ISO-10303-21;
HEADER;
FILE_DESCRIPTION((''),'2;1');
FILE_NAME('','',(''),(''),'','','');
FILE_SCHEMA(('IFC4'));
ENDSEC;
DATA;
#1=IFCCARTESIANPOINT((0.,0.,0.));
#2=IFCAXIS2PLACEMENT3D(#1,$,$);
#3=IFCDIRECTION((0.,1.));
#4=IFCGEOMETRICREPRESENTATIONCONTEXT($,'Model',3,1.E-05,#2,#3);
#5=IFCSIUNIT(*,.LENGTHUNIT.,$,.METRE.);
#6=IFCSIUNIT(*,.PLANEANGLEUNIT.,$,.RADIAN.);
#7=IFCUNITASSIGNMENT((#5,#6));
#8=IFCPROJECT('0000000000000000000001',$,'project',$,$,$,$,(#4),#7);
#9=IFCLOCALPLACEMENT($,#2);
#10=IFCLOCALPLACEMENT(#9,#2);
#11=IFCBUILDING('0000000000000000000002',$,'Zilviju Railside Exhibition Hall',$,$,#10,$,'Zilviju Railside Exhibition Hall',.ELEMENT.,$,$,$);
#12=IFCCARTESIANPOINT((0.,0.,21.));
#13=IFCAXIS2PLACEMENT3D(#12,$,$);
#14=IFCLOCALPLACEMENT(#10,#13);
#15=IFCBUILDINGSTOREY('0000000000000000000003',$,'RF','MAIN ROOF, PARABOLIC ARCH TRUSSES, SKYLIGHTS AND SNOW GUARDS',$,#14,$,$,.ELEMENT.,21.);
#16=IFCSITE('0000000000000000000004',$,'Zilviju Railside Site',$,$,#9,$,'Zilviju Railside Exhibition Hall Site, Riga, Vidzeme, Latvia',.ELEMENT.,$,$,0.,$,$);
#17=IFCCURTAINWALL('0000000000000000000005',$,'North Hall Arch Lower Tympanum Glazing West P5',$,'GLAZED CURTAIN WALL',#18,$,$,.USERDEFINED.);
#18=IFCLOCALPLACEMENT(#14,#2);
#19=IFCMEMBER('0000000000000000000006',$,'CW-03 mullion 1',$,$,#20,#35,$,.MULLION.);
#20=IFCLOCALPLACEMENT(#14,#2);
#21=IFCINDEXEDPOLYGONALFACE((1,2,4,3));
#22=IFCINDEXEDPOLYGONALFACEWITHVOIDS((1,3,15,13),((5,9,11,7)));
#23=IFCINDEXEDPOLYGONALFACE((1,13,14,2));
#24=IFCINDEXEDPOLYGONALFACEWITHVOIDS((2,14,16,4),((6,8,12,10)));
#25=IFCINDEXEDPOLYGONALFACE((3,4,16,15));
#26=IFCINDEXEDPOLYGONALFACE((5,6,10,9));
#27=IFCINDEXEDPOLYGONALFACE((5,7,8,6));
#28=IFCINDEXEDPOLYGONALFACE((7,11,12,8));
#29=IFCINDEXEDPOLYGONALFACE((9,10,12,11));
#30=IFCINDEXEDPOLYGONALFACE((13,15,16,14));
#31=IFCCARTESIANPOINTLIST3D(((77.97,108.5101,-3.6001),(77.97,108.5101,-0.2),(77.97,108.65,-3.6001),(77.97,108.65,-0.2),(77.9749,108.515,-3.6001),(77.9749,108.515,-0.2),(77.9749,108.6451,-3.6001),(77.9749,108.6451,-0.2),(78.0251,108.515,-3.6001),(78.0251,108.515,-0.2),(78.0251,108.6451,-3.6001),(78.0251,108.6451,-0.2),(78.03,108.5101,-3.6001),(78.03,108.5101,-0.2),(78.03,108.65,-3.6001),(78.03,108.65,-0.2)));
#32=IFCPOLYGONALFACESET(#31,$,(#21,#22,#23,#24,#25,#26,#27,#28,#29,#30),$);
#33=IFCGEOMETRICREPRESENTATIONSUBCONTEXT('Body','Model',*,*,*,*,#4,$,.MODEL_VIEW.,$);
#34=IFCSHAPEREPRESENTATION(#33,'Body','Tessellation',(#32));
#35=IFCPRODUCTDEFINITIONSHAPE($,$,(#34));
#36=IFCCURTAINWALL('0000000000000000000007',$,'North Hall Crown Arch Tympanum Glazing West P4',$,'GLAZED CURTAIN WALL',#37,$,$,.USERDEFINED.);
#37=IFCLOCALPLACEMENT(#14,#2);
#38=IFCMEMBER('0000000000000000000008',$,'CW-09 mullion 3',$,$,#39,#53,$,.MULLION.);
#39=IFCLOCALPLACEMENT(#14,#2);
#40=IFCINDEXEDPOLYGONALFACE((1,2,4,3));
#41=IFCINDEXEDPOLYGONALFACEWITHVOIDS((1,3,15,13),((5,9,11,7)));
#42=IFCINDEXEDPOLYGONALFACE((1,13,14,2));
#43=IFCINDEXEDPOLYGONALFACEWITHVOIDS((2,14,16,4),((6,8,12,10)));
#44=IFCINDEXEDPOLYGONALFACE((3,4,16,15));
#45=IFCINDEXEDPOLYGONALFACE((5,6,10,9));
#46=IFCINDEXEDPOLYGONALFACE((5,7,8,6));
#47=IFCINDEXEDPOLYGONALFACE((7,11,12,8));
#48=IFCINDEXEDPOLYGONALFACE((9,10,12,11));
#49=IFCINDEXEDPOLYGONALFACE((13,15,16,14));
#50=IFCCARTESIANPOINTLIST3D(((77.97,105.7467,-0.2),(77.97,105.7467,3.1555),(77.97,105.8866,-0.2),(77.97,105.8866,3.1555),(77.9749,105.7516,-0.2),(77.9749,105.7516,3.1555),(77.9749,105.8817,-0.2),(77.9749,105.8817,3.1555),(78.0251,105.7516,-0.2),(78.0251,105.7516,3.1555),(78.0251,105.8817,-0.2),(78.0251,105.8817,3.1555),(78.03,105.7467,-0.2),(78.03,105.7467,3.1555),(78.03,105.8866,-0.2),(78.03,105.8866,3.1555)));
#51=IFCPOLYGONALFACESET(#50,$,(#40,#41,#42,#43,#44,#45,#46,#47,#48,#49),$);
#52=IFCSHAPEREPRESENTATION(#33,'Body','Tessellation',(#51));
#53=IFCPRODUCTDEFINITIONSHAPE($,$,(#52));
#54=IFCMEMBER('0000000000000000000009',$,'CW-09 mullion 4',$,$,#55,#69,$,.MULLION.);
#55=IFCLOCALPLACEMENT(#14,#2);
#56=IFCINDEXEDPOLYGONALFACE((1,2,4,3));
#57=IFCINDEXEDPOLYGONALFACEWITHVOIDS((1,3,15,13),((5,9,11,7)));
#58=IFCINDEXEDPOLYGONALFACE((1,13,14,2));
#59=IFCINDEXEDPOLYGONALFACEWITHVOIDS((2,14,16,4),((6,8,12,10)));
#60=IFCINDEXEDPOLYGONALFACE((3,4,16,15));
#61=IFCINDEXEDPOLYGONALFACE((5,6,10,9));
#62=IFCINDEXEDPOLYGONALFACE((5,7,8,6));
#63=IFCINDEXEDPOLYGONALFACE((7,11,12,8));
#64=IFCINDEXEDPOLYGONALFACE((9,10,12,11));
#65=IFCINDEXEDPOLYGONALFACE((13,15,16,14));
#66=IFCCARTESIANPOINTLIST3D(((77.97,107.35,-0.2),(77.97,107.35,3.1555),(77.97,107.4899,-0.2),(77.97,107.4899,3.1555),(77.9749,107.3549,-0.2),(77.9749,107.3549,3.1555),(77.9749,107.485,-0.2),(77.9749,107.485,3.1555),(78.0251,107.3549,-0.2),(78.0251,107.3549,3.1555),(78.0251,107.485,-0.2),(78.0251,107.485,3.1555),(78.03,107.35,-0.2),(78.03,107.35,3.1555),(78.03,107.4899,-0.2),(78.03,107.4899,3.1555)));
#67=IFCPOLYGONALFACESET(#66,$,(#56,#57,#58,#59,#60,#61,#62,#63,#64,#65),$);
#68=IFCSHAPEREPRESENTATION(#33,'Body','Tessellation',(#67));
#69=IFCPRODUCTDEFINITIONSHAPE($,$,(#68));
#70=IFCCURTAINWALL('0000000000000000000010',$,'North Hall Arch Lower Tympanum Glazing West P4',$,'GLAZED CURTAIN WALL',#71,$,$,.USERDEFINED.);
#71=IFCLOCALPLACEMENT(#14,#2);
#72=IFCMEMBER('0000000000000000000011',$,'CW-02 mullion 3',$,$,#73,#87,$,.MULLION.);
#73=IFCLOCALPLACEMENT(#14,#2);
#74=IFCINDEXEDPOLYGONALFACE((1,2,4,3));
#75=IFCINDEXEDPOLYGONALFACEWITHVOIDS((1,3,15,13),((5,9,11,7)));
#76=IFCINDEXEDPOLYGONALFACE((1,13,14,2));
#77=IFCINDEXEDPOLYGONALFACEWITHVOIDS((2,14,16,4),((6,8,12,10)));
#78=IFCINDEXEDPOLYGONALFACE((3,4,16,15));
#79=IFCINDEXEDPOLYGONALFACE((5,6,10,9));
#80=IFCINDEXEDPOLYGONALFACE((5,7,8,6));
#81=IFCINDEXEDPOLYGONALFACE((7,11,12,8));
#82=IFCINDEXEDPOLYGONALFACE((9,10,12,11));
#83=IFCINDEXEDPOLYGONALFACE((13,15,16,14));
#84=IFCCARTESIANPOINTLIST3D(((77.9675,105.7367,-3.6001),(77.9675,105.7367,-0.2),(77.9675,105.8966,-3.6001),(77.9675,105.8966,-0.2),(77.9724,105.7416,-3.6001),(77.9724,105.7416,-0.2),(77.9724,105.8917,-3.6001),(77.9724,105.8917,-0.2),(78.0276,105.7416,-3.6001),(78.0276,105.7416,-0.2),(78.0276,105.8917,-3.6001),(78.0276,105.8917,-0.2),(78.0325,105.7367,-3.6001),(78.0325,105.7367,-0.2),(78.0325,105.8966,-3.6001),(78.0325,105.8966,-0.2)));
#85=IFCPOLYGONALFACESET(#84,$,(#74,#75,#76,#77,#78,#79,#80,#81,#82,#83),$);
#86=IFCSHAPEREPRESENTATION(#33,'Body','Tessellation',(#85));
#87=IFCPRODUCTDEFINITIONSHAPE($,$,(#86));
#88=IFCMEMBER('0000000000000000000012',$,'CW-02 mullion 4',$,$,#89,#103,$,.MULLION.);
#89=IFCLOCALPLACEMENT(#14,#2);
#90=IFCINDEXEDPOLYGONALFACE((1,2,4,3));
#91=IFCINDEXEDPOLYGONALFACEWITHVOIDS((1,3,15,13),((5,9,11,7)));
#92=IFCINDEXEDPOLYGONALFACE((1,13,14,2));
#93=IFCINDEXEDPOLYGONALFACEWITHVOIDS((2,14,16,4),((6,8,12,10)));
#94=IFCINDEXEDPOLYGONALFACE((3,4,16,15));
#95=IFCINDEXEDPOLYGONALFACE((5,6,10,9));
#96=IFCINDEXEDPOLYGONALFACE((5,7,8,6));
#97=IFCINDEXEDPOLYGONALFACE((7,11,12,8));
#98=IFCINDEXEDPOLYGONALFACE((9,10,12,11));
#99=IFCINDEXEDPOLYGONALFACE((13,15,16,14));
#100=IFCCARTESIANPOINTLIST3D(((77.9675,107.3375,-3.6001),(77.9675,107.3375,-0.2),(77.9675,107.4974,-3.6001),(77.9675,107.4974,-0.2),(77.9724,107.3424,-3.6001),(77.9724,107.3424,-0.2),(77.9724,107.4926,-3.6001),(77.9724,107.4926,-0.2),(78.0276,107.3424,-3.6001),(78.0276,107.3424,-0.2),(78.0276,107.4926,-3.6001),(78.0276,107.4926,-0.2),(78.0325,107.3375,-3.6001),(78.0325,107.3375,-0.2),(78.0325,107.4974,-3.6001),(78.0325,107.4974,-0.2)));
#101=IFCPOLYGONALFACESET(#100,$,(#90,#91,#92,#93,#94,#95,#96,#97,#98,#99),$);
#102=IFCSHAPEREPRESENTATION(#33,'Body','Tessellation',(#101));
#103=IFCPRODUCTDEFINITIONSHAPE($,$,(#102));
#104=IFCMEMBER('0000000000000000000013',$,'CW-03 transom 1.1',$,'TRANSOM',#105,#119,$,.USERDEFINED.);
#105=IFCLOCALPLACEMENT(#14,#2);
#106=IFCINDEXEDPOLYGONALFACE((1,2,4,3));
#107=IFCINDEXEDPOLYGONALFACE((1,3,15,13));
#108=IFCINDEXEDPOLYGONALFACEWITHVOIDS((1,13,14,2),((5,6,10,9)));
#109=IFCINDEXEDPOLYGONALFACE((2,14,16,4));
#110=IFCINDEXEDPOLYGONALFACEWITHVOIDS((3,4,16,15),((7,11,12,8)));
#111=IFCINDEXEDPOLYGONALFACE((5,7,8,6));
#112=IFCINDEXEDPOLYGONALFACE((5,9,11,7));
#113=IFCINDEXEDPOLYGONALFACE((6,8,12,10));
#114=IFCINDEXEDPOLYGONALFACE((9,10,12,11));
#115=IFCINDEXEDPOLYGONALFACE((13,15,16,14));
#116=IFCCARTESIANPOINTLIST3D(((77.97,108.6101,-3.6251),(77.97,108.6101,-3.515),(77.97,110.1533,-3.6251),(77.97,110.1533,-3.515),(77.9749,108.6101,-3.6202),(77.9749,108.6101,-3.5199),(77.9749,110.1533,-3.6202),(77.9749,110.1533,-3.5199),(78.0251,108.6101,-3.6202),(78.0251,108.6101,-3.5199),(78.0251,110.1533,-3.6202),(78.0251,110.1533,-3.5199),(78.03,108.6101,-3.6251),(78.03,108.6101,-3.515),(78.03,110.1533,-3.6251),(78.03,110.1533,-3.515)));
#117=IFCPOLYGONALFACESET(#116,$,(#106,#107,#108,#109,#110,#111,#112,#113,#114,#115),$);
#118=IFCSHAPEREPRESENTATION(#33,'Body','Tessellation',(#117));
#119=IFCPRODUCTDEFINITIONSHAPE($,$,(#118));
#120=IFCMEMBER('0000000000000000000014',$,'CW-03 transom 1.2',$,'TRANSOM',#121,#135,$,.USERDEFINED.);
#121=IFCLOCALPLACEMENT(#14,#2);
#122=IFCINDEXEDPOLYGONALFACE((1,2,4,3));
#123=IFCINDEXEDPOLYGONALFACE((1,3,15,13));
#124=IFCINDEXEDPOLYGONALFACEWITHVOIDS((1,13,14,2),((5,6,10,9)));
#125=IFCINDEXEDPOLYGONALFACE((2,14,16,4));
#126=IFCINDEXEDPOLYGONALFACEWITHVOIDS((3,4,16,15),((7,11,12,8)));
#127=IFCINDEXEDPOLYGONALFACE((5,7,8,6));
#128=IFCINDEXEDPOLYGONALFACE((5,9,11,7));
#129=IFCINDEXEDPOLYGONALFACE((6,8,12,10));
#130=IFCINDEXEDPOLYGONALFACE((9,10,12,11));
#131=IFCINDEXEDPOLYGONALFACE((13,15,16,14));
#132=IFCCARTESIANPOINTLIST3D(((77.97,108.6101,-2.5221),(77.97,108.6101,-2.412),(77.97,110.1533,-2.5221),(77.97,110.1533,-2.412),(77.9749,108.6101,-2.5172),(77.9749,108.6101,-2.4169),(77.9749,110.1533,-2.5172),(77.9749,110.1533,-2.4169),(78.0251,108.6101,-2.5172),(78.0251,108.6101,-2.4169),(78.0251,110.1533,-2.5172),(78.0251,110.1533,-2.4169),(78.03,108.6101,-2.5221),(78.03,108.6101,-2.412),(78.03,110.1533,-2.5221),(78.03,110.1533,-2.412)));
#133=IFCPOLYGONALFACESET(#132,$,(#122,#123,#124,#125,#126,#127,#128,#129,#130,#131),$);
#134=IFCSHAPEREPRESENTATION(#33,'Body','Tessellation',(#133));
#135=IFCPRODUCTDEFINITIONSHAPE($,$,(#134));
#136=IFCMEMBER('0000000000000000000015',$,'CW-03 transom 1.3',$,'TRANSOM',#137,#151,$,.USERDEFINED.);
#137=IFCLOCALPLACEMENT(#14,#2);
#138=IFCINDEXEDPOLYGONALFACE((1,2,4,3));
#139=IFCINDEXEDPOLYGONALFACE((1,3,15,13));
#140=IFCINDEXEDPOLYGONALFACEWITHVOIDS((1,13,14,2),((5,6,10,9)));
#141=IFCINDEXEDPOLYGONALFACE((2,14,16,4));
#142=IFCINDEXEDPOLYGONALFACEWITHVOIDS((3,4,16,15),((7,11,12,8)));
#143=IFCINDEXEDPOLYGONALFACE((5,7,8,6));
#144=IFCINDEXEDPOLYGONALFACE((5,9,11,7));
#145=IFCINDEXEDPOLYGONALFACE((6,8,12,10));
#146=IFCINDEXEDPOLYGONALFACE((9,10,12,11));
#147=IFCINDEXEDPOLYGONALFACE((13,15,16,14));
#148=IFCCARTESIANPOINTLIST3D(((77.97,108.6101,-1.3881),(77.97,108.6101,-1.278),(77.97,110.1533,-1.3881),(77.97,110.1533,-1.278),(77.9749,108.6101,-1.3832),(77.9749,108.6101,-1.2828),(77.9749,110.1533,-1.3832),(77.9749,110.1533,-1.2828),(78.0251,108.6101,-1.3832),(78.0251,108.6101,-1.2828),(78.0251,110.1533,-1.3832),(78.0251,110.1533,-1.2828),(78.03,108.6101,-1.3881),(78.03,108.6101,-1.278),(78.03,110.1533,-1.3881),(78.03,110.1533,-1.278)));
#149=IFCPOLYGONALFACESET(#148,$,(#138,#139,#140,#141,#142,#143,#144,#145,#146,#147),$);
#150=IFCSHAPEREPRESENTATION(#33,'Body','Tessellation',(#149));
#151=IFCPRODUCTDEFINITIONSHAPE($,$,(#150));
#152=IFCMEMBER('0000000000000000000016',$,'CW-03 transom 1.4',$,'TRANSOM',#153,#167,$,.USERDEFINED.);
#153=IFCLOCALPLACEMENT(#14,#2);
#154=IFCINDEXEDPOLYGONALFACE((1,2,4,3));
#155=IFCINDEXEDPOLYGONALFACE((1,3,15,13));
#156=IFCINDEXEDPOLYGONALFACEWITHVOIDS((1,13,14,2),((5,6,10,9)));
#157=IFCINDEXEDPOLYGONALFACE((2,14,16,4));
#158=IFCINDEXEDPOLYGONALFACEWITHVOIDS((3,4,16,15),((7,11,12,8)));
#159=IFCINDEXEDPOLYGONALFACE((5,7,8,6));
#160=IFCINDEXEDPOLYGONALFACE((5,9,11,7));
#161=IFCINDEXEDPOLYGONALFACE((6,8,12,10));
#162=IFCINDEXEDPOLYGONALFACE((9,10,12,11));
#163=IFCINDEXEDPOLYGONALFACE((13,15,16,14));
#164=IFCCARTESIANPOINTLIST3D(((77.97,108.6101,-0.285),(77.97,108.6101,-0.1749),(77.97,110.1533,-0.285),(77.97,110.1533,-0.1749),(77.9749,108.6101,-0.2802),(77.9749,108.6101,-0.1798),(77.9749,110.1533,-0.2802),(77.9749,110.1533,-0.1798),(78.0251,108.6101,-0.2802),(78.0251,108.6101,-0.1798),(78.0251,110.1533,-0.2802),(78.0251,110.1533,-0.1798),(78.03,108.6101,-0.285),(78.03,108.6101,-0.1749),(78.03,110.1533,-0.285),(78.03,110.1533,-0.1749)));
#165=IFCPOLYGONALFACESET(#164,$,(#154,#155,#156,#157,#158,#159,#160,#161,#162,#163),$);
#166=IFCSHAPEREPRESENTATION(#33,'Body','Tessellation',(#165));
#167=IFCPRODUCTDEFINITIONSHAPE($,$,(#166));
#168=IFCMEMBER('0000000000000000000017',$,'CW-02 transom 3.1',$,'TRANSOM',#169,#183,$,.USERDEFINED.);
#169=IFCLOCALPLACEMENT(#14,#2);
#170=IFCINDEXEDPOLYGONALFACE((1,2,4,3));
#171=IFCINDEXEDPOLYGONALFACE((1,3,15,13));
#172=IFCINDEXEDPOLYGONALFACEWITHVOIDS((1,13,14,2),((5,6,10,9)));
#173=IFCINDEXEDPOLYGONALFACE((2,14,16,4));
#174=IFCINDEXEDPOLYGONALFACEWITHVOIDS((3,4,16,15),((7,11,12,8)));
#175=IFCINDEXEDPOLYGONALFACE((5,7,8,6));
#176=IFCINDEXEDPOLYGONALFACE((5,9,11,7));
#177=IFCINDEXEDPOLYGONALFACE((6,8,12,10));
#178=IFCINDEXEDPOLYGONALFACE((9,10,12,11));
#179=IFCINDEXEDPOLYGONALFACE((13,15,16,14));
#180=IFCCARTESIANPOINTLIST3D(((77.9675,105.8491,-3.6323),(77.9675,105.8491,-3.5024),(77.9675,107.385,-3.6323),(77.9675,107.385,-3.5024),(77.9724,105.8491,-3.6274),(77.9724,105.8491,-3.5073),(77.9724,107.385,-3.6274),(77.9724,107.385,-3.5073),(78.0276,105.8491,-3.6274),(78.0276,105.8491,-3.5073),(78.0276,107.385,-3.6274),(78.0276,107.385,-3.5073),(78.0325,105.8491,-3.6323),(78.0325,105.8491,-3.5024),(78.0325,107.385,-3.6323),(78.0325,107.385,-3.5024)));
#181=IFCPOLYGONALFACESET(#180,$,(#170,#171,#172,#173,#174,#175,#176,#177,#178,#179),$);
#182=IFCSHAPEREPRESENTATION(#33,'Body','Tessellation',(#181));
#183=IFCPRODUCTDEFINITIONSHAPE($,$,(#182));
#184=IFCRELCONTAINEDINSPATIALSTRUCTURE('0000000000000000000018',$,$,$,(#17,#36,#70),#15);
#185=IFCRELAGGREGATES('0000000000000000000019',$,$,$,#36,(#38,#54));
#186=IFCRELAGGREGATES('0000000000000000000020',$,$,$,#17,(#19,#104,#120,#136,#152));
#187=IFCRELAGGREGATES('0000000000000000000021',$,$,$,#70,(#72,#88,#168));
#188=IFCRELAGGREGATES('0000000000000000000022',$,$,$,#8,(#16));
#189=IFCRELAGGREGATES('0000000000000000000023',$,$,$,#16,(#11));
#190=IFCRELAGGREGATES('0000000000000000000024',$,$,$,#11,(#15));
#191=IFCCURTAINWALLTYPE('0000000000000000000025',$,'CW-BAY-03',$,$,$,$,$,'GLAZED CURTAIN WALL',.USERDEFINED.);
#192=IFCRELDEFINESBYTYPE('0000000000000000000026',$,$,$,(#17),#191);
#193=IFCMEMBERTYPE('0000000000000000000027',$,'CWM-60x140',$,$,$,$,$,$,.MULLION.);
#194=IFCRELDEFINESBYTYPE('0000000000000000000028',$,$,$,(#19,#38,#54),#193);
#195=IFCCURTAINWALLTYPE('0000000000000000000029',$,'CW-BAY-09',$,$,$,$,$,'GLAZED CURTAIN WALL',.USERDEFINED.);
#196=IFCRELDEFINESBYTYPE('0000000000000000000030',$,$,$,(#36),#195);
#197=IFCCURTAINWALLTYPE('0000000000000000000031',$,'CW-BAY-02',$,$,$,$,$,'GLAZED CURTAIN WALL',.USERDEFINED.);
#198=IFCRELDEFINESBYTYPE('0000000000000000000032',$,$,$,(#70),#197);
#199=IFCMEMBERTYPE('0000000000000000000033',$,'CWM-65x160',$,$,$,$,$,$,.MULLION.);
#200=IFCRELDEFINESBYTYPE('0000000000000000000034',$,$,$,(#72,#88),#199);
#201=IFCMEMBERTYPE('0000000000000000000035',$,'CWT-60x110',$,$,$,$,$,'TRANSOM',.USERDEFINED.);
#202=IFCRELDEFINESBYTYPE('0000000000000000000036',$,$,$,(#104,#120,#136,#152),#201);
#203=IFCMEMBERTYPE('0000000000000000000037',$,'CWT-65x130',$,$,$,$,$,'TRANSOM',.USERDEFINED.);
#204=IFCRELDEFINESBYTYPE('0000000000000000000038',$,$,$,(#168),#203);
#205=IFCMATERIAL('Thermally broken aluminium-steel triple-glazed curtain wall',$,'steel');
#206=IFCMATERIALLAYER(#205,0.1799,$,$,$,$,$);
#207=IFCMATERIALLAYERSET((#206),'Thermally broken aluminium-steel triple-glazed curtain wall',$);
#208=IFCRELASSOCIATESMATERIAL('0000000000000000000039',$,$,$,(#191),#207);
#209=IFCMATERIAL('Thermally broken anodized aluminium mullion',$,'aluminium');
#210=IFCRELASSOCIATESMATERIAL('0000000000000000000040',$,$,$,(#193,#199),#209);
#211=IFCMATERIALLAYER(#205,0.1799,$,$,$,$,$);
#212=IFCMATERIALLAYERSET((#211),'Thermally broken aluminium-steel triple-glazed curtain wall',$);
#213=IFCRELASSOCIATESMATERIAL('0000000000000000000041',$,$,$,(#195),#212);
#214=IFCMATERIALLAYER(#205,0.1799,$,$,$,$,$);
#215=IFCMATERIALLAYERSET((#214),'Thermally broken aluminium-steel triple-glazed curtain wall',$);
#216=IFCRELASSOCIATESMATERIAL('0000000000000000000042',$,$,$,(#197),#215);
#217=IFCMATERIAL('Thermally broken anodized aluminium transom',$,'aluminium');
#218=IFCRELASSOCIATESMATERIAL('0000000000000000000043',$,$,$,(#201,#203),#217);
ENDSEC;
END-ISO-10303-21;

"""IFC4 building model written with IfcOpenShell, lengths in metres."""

from ifc_helpers import new_model, si_unit, direction, frame, origin, origin_2d, place, context, subcontext, project, spatial, hollow_rectangle, extrude, material, layer, layer_set, material_profile, profile_set, type_object, element, aggregate, save


model = new_model("IFC4")

# Units and contexts
model_context = context("Model", 3, precision=1e-05, world=origin(), true_north=direction((0.0, 1.0)))
body_context = subcontext(model_context, "Body", "Model", "MODEL_VIEW")
ifc_project = project(units=[si_unit("LENGTHUNIT", "METRE"), si_unit("PLANEANGLEUNIT", "RADIAN")], contexts=[model_context])

# Site, building, storey
site_placement = place(None, origin())
site = spatial("IfcSite", under=ifc_project, at=site_placement, Name="Zilviju Railside Site", LongName="Zilviju Railside Exhibition Hall Site, Riga, Vidzeme, Latvia", CompositionType="ELEMENT", RefElevation=0.0)
building_placement = place(site_placement, origin())
building = spatial("IfcBuilding", under=site, at=building_placement, Name="Zilviju Railside Exhibition Hall", LongName="Zilviju Railside Exhibition Hall", CompositionType="ELEMENT")
storey_placement = place(building_placement, frame((0.0, 0.0, 21.0)))
storey = spatial("IfcBuildingStorey", under=building, at=storey_placement, Name="RF", Description="MAIN ROOF, PARABOLIC ARCH TRUSSES, SKYLIGHTS AND SNOW GUARDS", CompositionType="ELEMENT", Elevation=21.0)

# Curtain wall, member
ifc_material_1 = material(Name="Thermally broken aluminium-steel triple-glazed curtain wall", Category="steel")
ifc_layer_1 = layer(ifc_material_1, 0.1799)
ifc_layer_set_1 = layer_set([ifc_layer_1], Name="Thermally broken aluminium-steel triple-glazed curtain wall")
curtain_wall_type_1 = type_object("IfcCurtainWallType", Name="CW-BAY-03", ElementType="GLAZED CURTAIN WALL", PredefinedType="USERDEFINED", material=ifc_layer_set_1)
curtain_wall_1_placement = place(storey_placement, origin())
curtain_wall_1 = element("IfcCurtainWall", 1, at=curtain_wall_1_placement, inside=storey, type_object=curtain_wall_type_1, Name="North Hall Arch Lower Tympanum Glazing West P5", ObjectType="GLAZED CURTAIN WALL", PredefinedType="USERDEFINED")
ifc_material_2 = material(Name="Thermally broken anodized aluminium mullion", Category="aluminium")
ifc_material_profile_1 = material_profile(ifc_material_2, hollow_rectangle(XDim=0.0601, YDim=0.1399, WallThickness=0.0049, at=origin_2d()), Name="MULLION 140x60x5")
ifc_profile_set_1 = profile_set([ifc_material_profile_1], Name="Thermally broken anodized aluminium mullion")
member_type_1 = type_object("IfcMemberType", Name="CWM-60x140", PredefinedType="MULLION", material=ifc_profile_set_1)
member_1_placement = place(storey_placement, frame((78.0, 108.5801, -3.6001), z_axis=(0.0, 0.0, 1.0), x_axis=(-1.0, 0.0, 0.0)))
member_1 = element("IfcMember", 2, at=member_1_placement, type_object=member_type_1, Name="CW-03 mullion 1", PredefinedType="MULLION", context=body_context, shape_type="SweptSolid", body=[
    extrude(hollow_rectangle(XDim=0.0601, YDim=0.1399, WallThickness=0.0049, at=origin_2d()), origin(), (0.0, 0.0, 1.0), 3.4001),
])

# Curtain walls, members
ifc_layer_2 = layer(ifc_material_1, 0.1799)
ifc_layer_set_2 = layer_set([ifc_layer_2], Name="Thermally broken aluminium-steel triple-glazed curtain wall")
curtain_wall_type_2 = type_object("IfcCurtainWallType", Name="CW-BAY-09", ElementType="GLAZED CURTAIN WALL", PredefinedType="USERDEFINED", material=ifc_layer_set_2)
curtain_wall_2_placement = place(storey_placement, origin())
curtain_wall_2 = element("IfcCurtainWall", 3, at=curtain_wall_2_placement, inside=storey, type_object=curtain_wall_type_2, Name="North Hall Crown Arch Tympanum Glazing West P4", ObjectType="GLAZED CURTAIN WALL", PredefinedType="USERDEFINED")
member_2_placement = place(storey_placement, frame((78.0, 105.8167, -0.2), z_axis=(0.0, 0.0, 1.0), x_axis=(-1.0, 0.0, 0.0)))
member_2 = element("IfcMember", 4, at=member_2_placement, type_object=member_type_1, Name="CW-09 mullion 3", PredefinedType="MULLION", context=body_context, shape_type="SweptSolid", body=[
    extrude(hollow_rectangle(XDim=0.0601, YDim=0.1399, WallThickness=0.0049, at=origin_2d()), origin(), (0.0, 0.0, 1.0), 3.3555),
])
member_3_placement = place(storey_placement, frame((78.0, 107.4199, -0.2), z_axis=(0.0, 0.0, 1.0), x_axis=(-1.0, 0.0, 0.0)))
member_3 = element("IfcMember", 5, at=member_3_placement, type_object=member_type_1, Name="CW-09 mullion 4", PredefinedType="MULLION", context=body_context, shape_type="SweptSolid", body=[
    extrude(hollow_rectangle(XDim=0.0601, YDim=0.1399, WallThickness=0.0049, at=origin_2d()), origin(), (0.0, 0.0, 1.0), 3.3555),
])
aggregate(curtain_wall_2, [member_2, member_3])
ifc_layer_3 = layer(ifc_material_1, 0.1799)
ifc_layer_set_3 = layer_set([ifc_layer_3], Name="Thermally broken aluminium-steel triple-glazed curtain wall")
curtain_wall_type_3 = type_object("IfcCurtainWallType", Name="CW-BAY-02", ElementType="GLAZED CURTAIN WALL", PredefinedType="USERDEFINED", material=ifc_layer_set_3)
curtain_wall_3_placement = place(storey_placement, origin())
curtain_wall_3 = element("IfcCurtainWall", 6, at=curtain_wall_3_placement, inside=storey, type_object=curtain_wall_type_3, Name="North Hall Arch Lower Tympanum Glazing West P4", ObjectType="GLAZED CURTAIN WALL", PredefinedType="USERDEFINED")
ifc_material_profile_2 = material_profile(ifc_material_2, hollow_rectangle(XDim=0.0649, YDim=0.1599, WallThickness=0.0049, at=origin_2d()), Name="MULLION 160x65x5")
ifc_profile_set_2 = profile_set([ifc_material_profile_2], Name="Thermally broken anodized aluminium mullion")
member_type_2 = type_object("IfcMemberType", Name="CWM-65x160", PredefinedType="MULLION", material=ifc_profile_set_2)
member_4_placement = place(storey_placement, frame((78.0, 105.8167, -3.6001), z_axis=(0.0, 0.0, 1.0), x_axis=(-1.0, 0.0, 0.0)))
member_4 = element("IfcMember", 7, at=member_4_placement, type_object=member_type_2, Name="CW-02 mullion 3", PredefinedType="MULLION", context=body_context, shape_type="SweptSolid", body=[
    extrude(hollow_rectangle(XDim=0.0649, YDim=0.1599, WallThickness=0.0049, at=origin_2d()), origin(), (0.0, 0.0, 1.0), 3.4001),
])
member_5_placement = place(storey_placement, frame((78.0, 107.4175, -3.6001), z_axis=(0.0, 0.0, 1.0), x_axis=(-1.0, 0.0, 0.0)))
member_5 = element("IfcMember", 8, at=member_5_placement, type_object=member_type_2, Name="CW-02 mullion 4", PredefinedType="MULLION", context=body_context, shape_type="SweptSolid", body=[
    extrude(hollow_rectangle(XDim=0.0649, YDim=0.1599, WallThickness=0.0049, at=origin_2d()), origin(), (0.0, 0.0, 1.0), 3.4001),
])

# Members
ifc_material_3 = material(Name="Thermally broken anodized aluminium transom", Category="aluminium")
ifc_material_profile_3 = material_profile(ifc_material_3, hollow_rectangle(XDim=0.0601, YDim=0.1101, WallThickness=0.0049, at=origin_2d()), Name="TRANSOM 110x60x5")
ifc_profile_set_3 = profile_set([ifc_material_profile_3], Name="Thermally broken anodized aluminium transom")
member_type_3 = type_object("IfcMemberType", Name="CWT-60x110", ElementType="TRANSOM", PredefinedType="USERDEFINED", material=ifc_profile_set_3)
member_6_placement = place(storey_placement, frame((78.0, 108.6101, -3.5701), z_axis=(0.0, 1.0, 0.0), x_axis=(-1.0, 0.0, 0.0)))
member_6 = element("IfcMember", 9, at=member_6_placement, type_object=member_type_3, Name="CW-03 transom 1.1", ObjectType="TRANSOM", PredefinedType="USERDEFINED", context=body_context, shape_type="SweptSolid", body=[
    extrude(hollow_rectangle(XDim=0.0601, YDim=0.1101, WallThickness=0.0049, at=origin_2d()), origin(), (0.0, 0.0, 1.0), 1.5432),
])
member_7_placement = place(storey_placement, frame((78.0, 108.6101, -2.467), z_axis=(0.0, 1.0, 0.0), x_axis=(-1.0, 0.0, 0.0)))
member_7 = element("IfcMember", 10, at=member_7_placement, type_object=member_type_3, Name="CW-03 transom 1.2", ObjectType="TRANSOM", PredefinedType="USERDEFINED", context=body_context, shape_type="SweptSolid", body=[
    extrude(hollow_rectangle(XDim=0.0601, YDim=0.1101, WallThickness=0.0049, at=origin_2d()), origin(), (0.0, 0.0, 1.0), 1.5432),
])
member_8_placement = place(storey_placement, frame((78.0, 108.6101, -1.333), z_axis=(0.0, 1.0, 0.0), x_axis=(-1.0, 0.0, 0.0)))
member_8 = element("IfcMember", 11, at=member_8_placement, type_object=member_type_3, Name="CW-03 transom 1.3", ObjectType="TRANSOM", PredefinedType="USERDEFINED", context=body_context, shape_type="SweptSolid", body=[
    extrude(hollow_rectangle(XDim=0.0601, YDim=0.1101, WallThickness=0.0049, at=origin_2d()), origin(), (0.0, 0.0, 1.0), 1.5432),
])
member_9_placement = place(storey_placement, frame((78.0, 108.6101, -0.23), z_axis=(0.0, 1.0, 0.0), x_axis=(-1.0, 0.0, 0.0)))
member_9 = element("IfcMember", 12, at=member_9_placement, type_object=member_type_3, Name="CW-03 transom 1.4", ObjectType="TRANSOM", PredefinedType="USERDEFINED", context=body_context, shape_type="SweptSolid", body=[
    extrude(hollow_rectangle(XDim=0.0601, YDim=0.1101, WallThickness=0.0049, at=origin_2d()), origin(), (0.0, 0.0, 1.0), 1.5432),
])
ifc_material_profile_4 = material_profile(ifc_material_3, hollow_rectangle(XDim=0.0649, YDim=0.1299, WallThickness=0.0049, at=origin_2d()), Name="TRANSOM 130x65x5")
ifc_profile_set_4 = profile_set([ifc_material_profile_4], Name="Thermally broken anodized aluminium transom")
member_type_4 = type_object("IfcMemberType", Name="CWT-65x130", ElementType="TRANSOM", PredefinedType="USERDEFINED", material=ifc_profile_set_4)
member_10_placement = place(storey_placement, frame((78.0, 105.8491, -3.5674), z_axis=(0.0, 1.0, 0.0), x_axis=(-1.0, 0.0, 0.0)))
member_10 = element("IfcMember", 13, at=member_10_placement, type_object=member_type_4, Name="CW-02 transom 3.1", ObjectType="TRANSOM", PredefinedType="USERDEFINED", context=body_context, shape_type="SweptSolid", body=[
    extrude(hollow_rectangle(XDim=0.0649, YDim=0.1299, WallThickness=0.0049, at=origin_2d()), origin(), (0.0, 0.0, 1.0), 1.5359),
])

aggregate(curtain_wall_1, [member_1, member_6, member_7, member_8, member_9])
aggregate(curtain_wall_3, [member_4, member_5, member_10])

save(model, "model.ifc")
